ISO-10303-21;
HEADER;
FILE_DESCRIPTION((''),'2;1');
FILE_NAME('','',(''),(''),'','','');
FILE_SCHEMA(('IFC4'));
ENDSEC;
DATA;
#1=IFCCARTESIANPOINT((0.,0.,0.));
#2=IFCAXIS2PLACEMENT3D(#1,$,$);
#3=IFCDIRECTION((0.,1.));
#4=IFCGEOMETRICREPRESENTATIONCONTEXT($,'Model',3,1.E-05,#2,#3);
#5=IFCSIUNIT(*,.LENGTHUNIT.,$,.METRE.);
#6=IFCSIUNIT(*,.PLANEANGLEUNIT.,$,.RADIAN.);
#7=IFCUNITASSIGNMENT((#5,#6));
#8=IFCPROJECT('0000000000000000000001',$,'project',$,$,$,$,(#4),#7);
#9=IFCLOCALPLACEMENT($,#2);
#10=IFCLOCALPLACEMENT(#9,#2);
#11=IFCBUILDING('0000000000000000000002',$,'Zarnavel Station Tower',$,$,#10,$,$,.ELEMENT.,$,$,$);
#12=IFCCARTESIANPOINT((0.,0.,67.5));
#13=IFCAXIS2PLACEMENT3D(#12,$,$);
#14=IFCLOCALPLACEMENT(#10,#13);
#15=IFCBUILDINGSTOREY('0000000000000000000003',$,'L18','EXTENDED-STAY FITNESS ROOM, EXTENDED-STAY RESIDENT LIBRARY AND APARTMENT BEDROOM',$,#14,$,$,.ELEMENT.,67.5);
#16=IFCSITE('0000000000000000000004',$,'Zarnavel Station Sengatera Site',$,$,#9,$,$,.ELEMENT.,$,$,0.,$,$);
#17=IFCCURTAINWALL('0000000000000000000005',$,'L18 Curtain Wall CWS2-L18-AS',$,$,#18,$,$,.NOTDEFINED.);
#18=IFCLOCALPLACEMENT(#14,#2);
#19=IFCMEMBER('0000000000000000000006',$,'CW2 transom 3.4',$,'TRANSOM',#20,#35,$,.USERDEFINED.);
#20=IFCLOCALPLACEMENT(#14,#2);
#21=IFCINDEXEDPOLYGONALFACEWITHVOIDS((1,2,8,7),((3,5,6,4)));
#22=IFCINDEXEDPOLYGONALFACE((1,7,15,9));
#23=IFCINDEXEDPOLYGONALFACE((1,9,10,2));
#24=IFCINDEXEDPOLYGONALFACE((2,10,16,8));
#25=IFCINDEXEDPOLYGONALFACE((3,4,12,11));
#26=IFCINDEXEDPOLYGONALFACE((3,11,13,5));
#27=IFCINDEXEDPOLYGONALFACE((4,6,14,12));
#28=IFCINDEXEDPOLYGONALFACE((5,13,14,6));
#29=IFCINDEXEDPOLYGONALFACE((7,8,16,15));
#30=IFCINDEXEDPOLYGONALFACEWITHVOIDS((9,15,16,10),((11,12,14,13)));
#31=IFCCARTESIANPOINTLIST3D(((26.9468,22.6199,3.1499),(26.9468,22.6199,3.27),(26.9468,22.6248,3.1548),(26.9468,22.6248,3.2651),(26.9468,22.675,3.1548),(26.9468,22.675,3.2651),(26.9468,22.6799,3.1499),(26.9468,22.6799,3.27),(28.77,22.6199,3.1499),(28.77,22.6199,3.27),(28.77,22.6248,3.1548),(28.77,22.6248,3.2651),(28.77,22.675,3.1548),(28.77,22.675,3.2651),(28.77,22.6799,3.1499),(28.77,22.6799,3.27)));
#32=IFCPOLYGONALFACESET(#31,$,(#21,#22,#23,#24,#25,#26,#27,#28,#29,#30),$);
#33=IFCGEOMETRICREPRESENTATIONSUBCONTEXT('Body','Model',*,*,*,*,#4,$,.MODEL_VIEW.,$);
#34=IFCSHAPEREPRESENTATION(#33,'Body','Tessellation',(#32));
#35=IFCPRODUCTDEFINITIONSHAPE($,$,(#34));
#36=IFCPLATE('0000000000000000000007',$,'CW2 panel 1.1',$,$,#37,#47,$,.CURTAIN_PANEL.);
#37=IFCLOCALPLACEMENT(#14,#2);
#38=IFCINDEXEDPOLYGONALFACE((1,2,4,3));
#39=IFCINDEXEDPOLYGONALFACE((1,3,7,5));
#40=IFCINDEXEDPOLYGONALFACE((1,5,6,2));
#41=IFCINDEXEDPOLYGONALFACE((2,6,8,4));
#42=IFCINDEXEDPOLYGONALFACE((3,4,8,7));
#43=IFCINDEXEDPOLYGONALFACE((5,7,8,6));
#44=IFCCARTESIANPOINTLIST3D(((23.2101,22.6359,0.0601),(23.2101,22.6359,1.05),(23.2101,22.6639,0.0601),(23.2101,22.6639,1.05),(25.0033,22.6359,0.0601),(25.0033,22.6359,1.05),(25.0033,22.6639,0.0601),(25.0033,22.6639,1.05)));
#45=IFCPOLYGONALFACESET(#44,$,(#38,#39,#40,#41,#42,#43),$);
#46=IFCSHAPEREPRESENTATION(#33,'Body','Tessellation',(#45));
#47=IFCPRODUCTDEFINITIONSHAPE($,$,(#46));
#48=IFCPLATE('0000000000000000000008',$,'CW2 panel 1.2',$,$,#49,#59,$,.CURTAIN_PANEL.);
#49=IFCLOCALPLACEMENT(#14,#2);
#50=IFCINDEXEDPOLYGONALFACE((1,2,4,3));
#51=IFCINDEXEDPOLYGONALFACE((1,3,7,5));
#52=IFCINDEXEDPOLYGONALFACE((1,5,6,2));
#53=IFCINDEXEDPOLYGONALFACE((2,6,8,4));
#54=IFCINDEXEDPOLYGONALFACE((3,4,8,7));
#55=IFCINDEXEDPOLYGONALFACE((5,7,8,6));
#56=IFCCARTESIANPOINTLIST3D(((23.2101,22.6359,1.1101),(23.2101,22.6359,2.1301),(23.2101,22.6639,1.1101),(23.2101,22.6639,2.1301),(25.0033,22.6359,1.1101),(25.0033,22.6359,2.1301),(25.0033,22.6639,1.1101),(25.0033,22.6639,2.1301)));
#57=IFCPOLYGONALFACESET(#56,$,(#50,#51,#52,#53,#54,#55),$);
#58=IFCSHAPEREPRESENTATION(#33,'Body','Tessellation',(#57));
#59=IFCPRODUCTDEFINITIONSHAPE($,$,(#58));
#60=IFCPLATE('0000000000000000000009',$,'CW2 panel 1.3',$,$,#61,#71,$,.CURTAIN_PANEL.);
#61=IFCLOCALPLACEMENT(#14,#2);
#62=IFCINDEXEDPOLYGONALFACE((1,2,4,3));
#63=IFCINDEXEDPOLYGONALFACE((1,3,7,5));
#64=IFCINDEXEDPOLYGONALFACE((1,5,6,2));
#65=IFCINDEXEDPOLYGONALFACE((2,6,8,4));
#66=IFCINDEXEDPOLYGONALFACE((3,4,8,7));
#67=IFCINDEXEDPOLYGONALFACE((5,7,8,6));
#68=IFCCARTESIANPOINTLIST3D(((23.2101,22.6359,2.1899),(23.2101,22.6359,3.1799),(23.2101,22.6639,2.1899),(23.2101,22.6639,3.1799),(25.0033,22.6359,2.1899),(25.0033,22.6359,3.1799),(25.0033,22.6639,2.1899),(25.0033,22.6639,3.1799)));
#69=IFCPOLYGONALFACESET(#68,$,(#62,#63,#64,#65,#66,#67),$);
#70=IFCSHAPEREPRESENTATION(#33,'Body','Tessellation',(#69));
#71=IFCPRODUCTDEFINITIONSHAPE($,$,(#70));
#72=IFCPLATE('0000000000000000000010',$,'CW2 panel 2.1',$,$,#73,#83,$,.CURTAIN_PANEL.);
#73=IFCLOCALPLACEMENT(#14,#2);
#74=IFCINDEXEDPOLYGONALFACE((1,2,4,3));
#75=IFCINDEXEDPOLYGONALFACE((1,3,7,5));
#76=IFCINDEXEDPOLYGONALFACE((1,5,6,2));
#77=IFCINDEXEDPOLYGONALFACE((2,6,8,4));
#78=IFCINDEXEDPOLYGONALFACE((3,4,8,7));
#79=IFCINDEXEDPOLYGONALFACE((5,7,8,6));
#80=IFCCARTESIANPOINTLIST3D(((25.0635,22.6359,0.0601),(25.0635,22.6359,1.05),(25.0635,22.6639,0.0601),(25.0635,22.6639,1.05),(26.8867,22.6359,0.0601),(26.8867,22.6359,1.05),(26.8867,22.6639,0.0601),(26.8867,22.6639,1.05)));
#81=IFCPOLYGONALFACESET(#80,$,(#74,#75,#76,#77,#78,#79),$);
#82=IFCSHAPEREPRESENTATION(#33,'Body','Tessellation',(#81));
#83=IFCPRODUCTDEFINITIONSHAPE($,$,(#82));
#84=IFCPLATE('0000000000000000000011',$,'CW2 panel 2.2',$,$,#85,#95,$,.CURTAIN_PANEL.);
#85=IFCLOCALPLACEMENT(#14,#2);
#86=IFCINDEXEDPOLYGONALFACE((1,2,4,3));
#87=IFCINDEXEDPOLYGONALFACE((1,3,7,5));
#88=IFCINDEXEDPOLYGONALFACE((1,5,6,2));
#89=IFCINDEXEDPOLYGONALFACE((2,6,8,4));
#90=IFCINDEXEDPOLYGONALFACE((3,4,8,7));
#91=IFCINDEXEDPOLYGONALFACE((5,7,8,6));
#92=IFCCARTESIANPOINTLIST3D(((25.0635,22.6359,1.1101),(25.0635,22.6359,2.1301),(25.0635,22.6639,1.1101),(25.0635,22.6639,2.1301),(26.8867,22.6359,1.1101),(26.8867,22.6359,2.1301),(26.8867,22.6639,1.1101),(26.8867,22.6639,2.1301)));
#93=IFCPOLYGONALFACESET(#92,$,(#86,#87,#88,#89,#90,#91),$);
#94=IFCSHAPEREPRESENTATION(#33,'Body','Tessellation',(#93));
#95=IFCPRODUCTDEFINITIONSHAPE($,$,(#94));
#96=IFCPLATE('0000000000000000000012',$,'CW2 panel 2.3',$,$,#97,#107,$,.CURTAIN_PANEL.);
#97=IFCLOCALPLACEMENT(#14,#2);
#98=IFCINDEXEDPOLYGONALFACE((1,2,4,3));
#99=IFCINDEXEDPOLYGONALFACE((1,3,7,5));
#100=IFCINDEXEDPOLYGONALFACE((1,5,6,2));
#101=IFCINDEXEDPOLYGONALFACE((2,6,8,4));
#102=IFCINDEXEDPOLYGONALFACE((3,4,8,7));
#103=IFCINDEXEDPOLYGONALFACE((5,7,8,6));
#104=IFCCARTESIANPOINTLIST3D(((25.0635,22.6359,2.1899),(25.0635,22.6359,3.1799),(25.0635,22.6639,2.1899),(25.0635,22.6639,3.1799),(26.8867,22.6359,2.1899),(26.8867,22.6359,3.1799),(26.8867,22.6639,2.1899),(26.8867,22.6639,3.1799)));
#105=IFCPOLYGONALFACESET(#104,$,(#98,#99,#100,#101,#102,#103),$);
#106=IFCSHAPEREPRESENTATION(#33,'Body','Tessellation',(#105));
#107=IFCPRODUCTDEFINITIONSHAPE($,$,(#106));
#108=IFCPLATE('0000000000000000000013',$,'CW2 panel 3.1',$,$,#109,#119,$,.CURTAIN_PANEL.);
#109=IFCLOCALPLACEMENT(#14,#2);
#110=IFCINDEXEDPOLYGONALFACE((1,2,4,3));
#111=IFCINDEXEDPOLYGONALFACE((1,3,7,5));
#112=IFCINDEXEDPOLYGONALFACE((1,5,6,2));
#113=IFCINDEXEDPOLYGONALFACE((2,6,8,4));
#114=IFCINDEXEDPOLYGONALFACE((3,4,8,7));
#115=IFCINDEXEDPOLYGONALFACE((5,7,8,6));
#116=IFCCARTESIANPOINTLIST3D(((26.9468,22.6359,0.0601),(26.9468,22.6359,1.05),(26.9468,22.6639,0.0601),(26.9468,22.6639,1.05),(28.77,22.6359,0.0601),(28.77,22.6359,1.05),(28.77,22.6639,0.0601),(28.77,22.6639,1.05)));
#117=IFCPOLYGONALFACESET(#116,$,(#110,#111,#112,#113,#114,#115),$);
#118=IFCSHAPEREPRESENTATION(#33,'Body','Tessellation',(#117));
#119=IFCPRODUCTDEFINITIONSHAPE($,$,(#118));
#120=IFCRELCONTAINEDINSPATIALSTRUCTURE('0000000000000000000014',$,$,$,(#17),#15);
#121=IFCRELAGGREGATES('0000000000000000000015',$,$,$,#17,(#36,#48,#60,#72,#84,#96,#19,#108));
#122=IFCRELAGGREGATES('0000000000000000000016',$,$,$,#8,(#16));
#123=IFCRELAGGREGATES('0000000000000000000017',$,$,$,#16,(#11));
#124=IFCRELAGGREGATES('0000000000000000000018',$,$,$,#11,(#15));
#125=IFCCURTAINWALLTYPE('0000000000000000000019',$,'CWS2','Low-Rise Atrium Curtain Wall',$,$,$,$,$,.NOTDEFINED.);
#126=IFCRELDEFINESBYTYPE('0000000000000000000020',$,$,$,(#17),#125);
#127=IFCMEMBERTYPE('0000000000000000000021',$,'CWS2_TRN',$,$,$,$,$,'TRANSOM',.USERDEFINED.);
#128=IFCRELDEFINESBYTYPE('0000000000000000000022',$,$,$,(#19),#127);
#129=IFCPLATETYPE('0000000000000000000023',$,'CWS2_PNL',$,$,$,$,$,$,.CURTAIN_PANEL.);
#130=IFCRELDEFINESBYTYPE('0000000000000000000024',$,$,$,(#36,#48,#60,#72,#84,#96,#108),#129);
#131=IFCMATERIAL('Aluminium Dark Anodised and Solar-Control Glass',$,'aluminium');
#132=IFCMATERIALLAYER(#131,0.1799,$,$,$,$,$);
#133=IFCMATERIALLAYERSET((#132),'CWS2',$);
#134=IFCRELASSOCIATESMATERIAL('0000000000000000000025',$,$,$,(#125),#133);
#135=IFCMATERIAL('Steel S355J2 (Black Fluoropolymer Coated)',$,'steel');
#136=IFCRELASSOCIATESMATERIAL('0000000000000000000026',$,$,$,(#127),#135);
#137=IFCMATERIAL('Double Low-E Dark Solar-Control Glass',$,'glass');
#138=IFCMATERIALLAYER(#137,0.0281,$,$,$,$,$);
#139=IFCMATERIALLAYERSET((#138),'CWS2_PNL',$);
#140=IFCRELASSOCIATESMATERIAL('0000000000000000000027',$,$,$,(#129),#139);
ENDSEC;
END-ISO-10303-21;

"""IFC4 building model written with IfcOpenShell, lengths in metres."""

from ifc_helpers import new_model, si_unit, direction, frame, origin, origin_2d, place, context, subcontext, project, spatial, rectangle, hollow_rectangle, extrude, material, layer, layer_set, material_profile, profile_set, type_object, element, aggregate, save


model = new_model("IFC4")

# Units and contexts
model_context = context("Model", 3, precision=1e-05, world=origin(), true_north=direction((0.0, 1.0)))
body_context = subcontext(model_context, "Body", "Model", "MODEL_VIEW")
ifc_project = project(units=[si_unit("LENGTHUNIT", "METRE"), si_unit("PLANEANGLEUNIT", "RADIAN")], contexts=[model_context])

# Site, building, storey
site_placement = place(None, origin())
site = spatial("IfcSite", under=ifc_project, at=site_placement, Name="Zarnavel Station Sengatera Site", CompositionType="ELEMENT", RefElevation=0.0)
building_placement = place(site_placement, origin())
building = spatial("IfcBuilding", under=site, at=building_placement, Name="Zarnavel Station Tower", CompositionType="ELEMENT")
storey_placement = place(building_placement, frame((0.0, 0.0, 67.5)))
storey = spatial("IfcBuildingStorey", under=building, at=storey_placement, Name="L18", Description="EXTENDED-STAY FITNESS ROOM, EXTENDED-STAY RESIDENT LIBRARY AND APARTMENT BEDROOM", CompositionType="ELEMENT", Elevation=67.5)

# Curtain wall, member, plates
ifc_material_1 = material(Name="Aluminium Dark Anodised and Solar-Control Glass", Category="aluminium")
ifc_layer_1 = layer(ifc_material_1, 0.1799)
ifc_layer_set_1 = layer_set([ifc_layer_1], Name="CWS2")
curtain_wall_type = type_object("IfcCurtainWallType", Name="CWS2", Description="Low-Rise Atrium Curtain Wall", PredefinedType="NOTDEFINED", material=ifc_layer_set_1)
curtain_wall_placement = place(storey_placement, origin())
curtain_wall = element("IfcCurtainWall", 1, at=curtain_wall_placement, inside=storey, type_object=curtain_wall_type, Name="L18 Curtain Wall CWS2-L18-AS", PredefinedType="NOTDEFINED")
ifc_material_2 = material(Name="Steel S355J2 (Black Fluoropolymer Coated)", Category="steel")
ifc_material_profile_1 = material_profile(ifc_material_2, hollow_rectangle(XDim=0.0601, YDim=0.1201, WallThickness=0.0049, at=origin_2d()), Name="RHS120x60x5")
ifc_profile_set_1 = profile_set([ifc_material_profile_1], Name="Steel S355J2 (Black Fluoropolymer Coated)")
member_type_1 = type_object("IfcMemberType", Name="CWS2_TRN", ElementType="TRANSOM", PredefinedType="USERDEFINED", material=ifc_profile_set_1)
member_1_placement = place(storey_placement, frame((26.9468, 22.6499, 3.21), z_axis=(1.0, 0.0, 0.0), x_axis=(0.0, 1.0, 0.0)))
member_1 = element("IfcMember", 2, at=member_1_placement, type_object=member_type_1, Name="CW2 transom 3.4", ObjectType="TRANSOM", PredefinedType="USERDEFINED", context=body_context, shape_type="SweptSolid", body=[
    extrude(hollow_rectangle(XDim=0.0601, YDim=0.1201, WallThickness=0.0049, at=origin_2d()), origin(), (0.0, 0.0, 1.0), 1.8232),
])
ifc_material_3 = material(Name="Double Low-E Dark Solar-Control Glass", Category="glass")
ifc_layer_2 = layer(ifc_material_3, 0.0281)
ifc_layer_set_2 = layer_set([ifc_layer_2], Name="CWS2_PNL")
plate_type = type_object("IfcPlateType", Name="CWS2_PNL", PredefinedType="CURTAIN_PANEL", material=ifc_layer_set_2)
plate_1_placement = place(storey_placement, frame((24.1067, 22.6499, 0.0601), z_axis=(0.0, 0.0, 1.0), x_axis=(1.0, 0.0, 0.0)))
plate_1 = element("IfcPlate", 3, at=plate_1_placement, type_object=plate_type, Name="CW2 panel 1.1", PredefinedType="CURTAIN_PANEL", context=body_context, shape_type="SweptSolid", body=[
    extrude(rectangle(XDim=1.7932, YDim=0.0281, at=origin_2d()), origin(), (0.0, 0.0, 1.0), 0.99),
])
plate_2_placement = place(storey_placement, frame((24.1067, 22.6499, 1.1101), z_axis=(0.0, 0.0, 1.0), x_axis=(1.0, 0.0, 0.0)))
plate_2 = element("IfcPlate", 4, at=plate_2_placement, type_object=plate_type, Name="CW2 panel 1.2", PredefinedType="CURTAIN_PANEL", context=body_context, shape_type="SweptSolid", body=[
    extrude(rectangle(XDim=1.7932, YDim=0.0281, at=origin_2d()), origin(), (0.0, 0.0, 1.0), 1.02),
])
plate_3_placement = place(storey_placement, frame((24.1067, 22.6499, 2.1899), z_axis=(0.0, 0.0, 1.0), x_axis=(1.0, 0.0, 0.0)))
plate_3 = element("IfcPlate", 5, at=plate_3_placement, type_object=plate_type, Name="CW2 panel 1.3", PredefinedType="CURTAIN_PANEL", context=body_context, shape_type="SweptSolid", body=[
    extrude(rectangle(XDim=1.7932, YDim=0.0281, at=origin_2d()), origin(), (0.0, 0.0, 1.0), 0.99),
])
plate_4_placement = place(storey_placement, frame((25.9751, 22.6499, 0.0601), z_axis=(0.0, 0.0, 1.0), x_axis=(1.0, 0.0, 0.0)))
plate_4 = element("IfcPlate", 6, at=plate_4_placement, type_object=plate_type, Name="CW2 panel 2.1", PredefinedType="CURTAIN_PANEL", context=body_context, shape_type="SweptSolid", body=[
    extrude(rectangle(XDim=1.8232, YDim=0.0281, at=origin_2d()), origin(), (0.0, 0.0, 1.0), 0.99),
])
plate_5_placement = place(storey_placement, frame((25.9751, 22.6499, 1.1101), z_axis=(0.0, 0.0, 1.0), x_axis=(1.0, 0.0, 0.0)))
plate_5 = element("IfcPlate", 7, at=plate_5_placement, type_object=plate_type, Name="CW2 panel 2.2", PredefinedType="CURTAIN_PANEL", context=body_context, shape_type="SweptSolid", body=[
    extrude(rectangle(XDim=1.8232, YDim=0.0281, at=origin_2d()), origin(), (0.0, 0.0, 1.0), 1.02),
])
plate_6_placement = place(storey_placement, frame((25.9751, 22.6499, 2.1899), z_axis=(0.0, 0.0, 1.0), x_axis=(1.0, 0.0, 0.0)))
plate_6 = element("IfcPlate", 8, at=plate_6_placement, type_object=plate_type, Name="CW2 panel 2.3", PredefinedType="CURTAIN_PANEL", context=body_context, shape_type="SweptSolid", body=[
    extrude(rectangle(XDim=1.8232, YDim=0.0281, at=origin_2d()), origin(), (0.0, 0.0, 1.0), 0.99),
])
plate_7_placement = place(storey_placement, frame((27.8584, 22.6499, 0.0601), z_axis=(0.0, 0.0, 1.0), x_axis=(1.0, 0.0, 0.0)))
plate_7 = element("IfcPlate", 9, at=plate_7_placement, type_object=plate_type, Name="CW2 panel 3.1", PredefinedType="CURTAIN_PANEL", context=body_context, shape_type="SweptSolid", body=[
    extrude(rectangle(XDim=1.8232, YDim=0.0281, at=origin_2d()), origin(), (0.0, 0.0, 1.0), 0.99),
])
aggregate(curtain_wall, [plate_1, plate_2, plate_3, plate_4, plate_5, plate_6, member_1, plate_7])

save(model, "model.ifc")
